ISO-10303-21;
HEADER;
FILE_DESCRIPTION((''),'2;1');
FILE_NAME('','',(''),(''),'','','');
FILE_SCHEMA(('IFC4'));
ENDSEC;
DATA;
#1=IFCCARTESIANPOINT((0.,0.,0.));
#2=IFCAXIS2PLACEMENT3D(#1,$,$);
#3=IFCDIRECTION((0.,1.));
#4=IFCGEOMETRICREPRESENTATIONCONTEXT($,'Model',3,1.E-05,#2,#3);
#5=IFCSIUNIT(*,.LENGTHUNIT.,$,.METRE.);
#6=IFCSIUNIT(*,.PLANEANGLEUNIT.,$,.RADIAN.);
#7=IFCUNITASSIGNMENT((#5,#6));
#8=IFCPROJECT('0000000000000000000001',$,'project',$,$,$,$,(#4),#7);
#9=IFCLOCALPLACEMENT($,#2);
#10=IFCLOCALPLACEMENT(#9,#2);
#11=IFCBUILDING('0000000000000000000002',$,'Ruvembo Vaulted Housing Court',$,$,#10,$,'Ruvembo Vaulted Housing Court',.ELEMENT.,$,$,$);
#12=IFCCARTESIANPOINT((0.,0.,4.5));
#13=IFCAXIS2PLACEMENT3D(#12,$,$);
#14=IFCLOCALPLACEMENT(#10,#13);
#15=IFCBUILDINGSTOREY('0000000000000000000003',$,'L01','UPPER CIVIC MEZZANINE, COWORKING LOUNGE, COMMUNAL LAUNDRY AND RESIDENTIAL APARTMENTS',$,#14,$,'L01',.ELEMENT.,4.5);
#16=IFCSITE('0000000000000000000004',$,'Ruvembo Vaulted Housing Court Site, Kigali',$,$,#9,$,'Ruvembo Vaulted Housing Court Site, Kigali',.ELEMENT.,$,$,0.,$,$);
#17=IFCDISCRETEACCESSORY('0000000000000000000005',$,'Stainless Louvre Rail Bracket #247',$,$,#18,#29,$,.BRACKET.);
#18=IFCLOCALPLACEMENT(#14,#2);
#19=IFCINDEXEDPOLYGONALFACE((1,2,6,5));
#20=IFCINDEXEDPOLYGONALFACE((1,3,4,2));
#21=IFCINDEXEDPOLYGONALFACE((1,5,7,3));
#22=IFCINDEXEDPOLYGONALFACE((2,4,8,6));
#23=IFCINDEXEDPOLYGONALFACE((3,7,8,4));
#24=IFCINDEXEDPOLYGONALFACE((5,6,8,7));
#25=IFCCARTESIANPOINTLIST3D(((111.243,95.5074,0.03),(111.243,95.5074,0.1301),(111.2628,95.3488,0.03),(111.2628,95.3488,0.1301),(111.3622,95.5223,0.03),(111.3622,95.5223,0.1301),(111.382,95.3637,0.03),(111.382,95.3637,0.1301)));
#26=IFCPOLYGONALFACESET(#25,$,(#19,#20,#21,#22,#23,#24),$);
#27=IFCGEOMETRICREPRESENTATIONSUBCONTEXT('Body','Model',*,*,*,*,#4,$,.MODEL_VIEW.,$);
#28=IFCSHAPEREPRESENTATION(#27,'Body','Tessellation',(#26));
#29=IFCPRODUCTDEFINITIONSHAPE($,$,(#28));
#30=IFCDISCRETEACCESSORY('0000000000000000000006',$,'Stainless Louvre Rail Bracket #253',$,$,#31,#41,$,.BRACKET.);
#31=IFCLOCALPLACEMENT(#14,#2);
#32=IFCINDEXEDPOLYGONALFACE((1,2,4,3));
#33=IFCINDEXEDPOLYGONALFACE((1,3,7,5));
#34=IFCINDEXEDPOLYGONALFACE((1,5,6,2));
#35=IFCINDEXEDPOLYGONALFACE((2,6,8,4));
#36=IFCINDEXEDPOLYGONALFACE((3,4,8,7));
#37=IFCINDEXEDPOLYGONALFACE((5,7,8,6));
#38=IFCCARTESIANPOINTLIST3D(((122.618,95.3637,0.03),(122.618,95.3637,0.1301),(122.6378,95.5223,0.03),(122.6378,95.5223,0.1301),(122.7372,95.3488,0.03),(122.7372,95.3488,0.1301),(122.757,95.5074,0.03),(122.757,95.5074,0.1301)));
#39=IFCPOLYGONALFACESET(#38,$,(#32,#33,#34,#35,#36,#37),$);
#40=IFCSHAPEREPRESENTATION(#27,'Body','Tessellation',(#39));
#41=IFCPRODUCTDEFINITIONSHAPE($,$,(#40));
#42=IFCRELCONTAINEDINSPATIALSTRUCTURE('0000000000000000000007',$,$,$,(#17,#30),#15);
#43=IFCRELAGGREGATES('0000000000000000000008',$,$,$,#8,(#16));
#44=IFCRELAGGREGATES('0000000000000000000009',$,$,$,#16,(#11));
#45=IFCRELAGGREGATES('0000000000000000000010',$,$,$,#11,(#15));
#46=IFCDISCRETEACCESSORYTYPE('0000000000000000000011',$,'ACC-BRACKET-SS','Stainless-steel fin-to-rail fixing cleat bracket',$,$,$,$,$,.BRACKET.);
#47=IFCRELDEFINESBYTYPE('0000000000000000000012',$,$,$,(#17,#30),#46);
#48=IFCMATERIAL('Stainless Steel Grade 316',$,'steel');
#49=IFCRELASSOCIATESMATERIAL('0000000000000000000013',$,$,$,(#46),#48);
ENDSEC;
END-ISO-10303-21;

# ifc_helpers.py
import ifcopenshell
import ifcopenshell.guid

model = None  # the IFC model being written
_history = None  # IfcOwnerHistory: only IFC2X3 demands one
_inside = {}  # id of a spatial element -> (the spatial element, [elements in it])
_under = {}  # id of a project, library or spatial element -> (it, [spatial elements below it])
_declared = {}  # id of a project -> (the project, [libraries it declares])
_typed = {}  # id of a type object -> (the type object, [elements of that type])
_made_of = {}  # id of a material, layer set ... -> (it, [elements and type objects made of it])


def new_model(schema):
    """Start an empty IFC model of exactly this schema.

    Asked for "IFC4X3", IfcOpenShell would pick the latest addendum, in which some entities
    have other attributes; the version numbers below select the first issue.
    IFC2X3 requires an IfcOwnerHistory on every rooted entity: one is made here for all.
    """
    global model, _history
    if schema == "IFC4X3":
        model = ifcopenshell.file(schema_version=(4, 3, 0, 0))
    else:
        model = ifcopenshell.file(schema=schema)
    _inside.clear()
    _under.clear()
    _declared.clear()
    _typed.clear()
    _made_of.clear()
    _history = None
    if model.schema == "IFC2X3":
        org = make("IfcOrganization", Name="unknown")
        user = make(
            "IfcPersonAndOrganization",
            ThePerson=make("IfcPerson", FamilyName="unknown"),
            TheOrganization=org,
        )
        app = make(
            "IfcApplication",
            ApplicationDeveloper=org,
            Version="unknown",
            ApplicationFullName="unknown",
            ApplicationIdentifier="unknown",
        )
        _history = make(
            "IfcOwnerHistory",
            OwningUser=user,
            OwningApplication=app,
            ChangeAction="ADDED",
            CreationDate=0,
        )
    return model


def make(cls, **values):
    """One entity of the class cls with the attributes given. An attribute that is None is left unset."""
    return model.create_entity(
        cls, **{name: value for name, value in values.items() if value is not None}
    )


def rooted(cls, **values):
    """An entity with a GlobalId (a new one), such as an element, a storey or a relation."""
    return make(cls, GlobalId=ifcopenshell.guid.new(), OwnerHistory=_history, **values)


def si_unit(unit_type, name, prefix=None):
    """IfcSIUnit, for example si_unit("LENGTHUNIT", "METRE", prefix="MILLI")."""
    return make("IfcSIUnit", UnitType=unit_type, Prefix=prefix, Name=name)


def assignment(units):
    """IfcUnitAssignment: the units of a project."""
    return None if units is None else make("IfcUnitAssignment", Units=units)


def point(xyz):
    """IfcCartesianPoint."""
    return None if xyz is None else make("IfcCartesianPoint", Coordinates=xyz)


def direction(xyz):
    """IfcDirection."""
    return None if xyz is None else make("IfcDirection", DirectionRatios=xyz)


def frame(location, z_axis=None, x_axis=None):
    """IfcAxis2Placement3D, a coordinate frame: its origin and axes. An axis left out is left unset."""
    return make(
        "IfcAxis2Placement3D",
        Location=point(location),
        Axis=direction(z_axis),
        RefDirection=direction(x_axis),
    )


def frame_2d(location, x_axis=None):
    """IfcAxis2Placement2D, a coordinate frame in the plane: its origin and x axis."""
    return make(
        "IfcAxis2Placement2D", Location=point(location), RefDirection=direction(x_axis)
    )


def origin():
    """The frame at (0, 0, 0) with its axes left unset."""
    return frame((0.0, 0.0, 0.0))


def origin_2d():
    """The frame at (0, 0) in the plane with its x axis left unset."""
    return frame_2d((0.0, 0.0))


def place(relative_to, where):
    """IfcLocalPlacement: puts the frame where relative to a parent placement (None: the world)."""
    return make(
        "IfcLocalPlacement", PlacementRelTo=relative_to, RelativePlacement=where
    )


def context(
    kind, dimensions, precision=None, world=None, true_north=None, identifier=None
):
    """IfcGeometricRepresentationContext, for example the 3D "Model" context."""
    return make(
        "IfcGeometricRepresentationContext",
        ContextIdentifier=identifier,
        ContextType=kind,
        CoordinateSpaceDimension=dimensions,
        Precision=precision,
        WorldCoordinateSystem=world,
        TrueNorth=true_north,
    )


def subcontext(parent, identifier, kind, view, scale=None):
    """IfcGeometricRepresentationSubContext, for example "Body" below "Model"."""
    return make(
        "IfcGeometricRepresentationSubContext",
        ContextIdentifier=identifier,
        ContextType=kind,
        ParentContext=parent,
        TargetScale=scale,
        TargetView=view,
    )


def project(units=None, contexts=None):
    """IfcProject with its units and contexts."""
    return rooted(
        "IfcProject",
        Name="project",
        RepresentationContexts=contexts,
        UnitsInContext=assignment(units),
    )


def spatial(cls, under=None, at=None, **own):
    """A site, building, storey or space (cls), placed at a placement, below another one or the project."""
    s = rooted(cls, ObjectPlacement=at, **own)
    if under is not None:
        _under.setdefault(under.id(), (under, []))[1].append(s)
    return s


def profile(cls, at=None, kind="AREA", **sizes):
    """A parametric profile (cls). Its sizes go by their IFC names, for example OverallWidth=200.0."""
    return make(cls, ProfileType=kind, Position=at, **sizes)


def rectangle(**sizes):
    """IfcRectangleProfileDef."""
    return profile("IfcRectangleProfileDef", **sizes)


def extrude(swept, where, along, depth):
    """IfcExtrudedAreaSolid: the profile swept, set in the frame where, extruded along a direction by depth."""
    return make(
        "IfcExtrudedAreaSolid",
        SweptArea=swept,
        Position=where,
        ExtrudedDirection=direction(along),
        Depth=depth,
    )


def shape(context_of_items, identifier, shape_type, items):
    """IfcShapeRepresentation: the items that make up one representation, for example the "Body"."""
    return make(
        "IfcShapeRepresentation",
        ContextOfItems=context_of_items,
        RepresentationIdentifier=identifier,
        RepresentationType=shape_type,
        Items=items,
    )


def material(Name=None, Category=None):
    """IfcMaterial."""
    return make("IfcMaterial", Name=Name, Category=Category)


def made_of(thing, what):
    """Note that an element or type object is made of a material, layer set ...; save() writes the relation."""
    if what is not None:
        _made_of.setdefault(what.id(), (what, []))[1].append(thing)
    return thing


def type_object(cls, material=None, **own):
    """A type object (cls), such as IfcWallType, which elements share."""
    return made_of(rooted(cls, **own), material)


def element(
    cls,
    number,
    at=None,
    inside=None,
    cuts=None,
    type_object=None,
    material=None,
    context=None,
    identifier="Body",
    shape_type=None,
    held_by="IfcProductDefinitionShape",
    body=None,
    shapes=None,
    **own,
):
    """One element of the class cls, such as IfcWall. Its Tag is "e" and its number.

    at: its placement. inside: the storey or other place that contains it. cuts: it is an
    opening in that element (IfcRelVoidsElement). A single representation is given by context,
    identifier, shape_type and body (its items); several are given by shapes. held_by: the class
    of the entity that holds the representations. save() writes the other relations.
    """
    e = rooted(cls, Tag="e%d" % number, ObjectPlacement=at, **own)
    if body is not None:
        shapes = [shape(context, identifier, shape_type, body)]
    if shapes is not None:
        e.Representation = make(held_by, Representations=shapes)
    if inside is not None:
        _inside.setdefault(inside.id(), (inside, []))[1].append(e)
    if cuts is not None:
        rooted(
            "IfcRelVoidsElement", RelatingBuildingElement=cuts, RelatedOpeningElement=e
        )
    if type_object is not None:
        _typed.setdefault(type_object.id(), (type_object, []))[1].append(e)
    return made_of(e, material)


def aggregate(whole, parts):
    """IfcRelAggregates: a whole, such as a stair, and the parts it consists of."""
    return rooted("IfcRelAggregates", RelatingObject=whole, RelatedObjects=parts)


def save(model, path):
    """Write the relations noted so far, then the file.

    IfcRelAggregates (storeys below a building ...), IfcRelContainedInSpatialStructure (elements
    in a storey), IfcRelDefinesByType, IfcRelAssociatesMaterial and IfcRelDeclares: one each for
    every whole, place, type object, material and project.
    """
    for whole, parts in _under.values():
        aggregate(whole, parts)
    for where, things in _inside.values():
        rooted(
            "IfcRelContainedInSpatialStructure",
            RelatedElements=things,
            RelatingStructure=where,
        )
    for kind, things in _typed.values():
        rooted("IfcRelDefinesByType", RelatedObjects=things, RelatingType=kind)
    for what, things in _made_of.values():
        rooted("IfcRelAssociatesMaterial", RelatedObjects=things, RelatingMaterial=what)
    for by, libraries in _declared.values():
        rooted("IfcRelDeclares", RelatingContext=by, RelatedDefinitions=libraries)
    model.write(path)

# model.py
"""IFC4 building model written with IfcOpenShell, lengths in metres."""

from ifc_helpers import new_model, si_unit, direction, frame, origin, origin_2d, place, context, subcontext, project, spatial, rectangle, extrude, material, type_object, element, save


model = new_model("IFC4")

# Units and contexts
model_context = context("Model", 3, precision=1e-05, world=origin(), true_north=direction((0.0, 1.0)))
body_context = subcontext(model_context, "Body", "Model", "MODEL_VIEW")
ifc_project = project(units=[si_unit("LENGTHUNIT", "METRE"), si_unit("PLANEANGLEUNIT", "RADIAN")], contexts=[model_context])

# Site, building, storey
site_placement = place(None, origin())
site = spatial("IfcSite", under=ifc_project, at=site_placement, Name="Ruvembo Vaulted Housing Court Site, Kigali", LongName="Ruvembo Vaulted Housing Court Site, Kigali", CompositionType="ELEMENT", RefElevation=0.0)
building_placement = place(site_placement, origin())
building = spatial("IfcBuilding", under=site, at=building_placement, Name="Ruvembo Vaulted Housing Court", LongName="Ruvembo Vaulted Housing Court", CompositionType="ELEMENT")
storey_placement = place(building_placement, frame((0.0, 0.0, 4.5)))
storey = spatial("IfcBuildingStorey", under=building, at=storey_placement, Name="L01", Description="UPPER CIVIC MEZZANINE, COWORKING LOUNGE, COMMUNAL LAUNDRY AND RESIDENTIAL APARTMENTS", LongName="L01", CompositionType="ELEMENT", Elevation=4.5)

# Discrete accessories
ifc_material_1 = material(Name="Stainless Steel Grade 316", Category="steel")
discrete_accessory_type = type_object("IfcDiscreteAccessoryType", Name="ACC-BRACKET-SS", Description="Stainless-steel fin-to-rail fixing cleat bracket", PredefinedType="BRACKET", material=ifc_material_1)
for number, where, z_axis, x_axis, name in (
    (1, (111.3125, 95.4355, 0.03), (0.0, 0.0, 1.0), (0.12419, -0.992258, 0.0), "Stainless Louvre Rail Bracket #247"),
    (2, (122.6875, 95.4355, 0.03), (0.0, 0.0, 1.0), (-0.12419, -0.992258, 0.0), "Stainless Louvre Rail Bracket #253"),
):
    element("IfcDiscreteAccessory", number, at=place(storey_placement, frame(where, z_axis=z_axis, x_axis=x_axis)), inside=storey, type_object=discrete_accessory_type, Name=name, PredefinedType="BRACKET", context=body_context, shape_type="SweptSolid", body=[
        extrude(rectangle(XDim=0.1599, YDim=0.1201, at=origin_2d()), origin(), (0.0, 0.0, 1.0), 0.1001),
    ])

save(model, "model.ifc")
